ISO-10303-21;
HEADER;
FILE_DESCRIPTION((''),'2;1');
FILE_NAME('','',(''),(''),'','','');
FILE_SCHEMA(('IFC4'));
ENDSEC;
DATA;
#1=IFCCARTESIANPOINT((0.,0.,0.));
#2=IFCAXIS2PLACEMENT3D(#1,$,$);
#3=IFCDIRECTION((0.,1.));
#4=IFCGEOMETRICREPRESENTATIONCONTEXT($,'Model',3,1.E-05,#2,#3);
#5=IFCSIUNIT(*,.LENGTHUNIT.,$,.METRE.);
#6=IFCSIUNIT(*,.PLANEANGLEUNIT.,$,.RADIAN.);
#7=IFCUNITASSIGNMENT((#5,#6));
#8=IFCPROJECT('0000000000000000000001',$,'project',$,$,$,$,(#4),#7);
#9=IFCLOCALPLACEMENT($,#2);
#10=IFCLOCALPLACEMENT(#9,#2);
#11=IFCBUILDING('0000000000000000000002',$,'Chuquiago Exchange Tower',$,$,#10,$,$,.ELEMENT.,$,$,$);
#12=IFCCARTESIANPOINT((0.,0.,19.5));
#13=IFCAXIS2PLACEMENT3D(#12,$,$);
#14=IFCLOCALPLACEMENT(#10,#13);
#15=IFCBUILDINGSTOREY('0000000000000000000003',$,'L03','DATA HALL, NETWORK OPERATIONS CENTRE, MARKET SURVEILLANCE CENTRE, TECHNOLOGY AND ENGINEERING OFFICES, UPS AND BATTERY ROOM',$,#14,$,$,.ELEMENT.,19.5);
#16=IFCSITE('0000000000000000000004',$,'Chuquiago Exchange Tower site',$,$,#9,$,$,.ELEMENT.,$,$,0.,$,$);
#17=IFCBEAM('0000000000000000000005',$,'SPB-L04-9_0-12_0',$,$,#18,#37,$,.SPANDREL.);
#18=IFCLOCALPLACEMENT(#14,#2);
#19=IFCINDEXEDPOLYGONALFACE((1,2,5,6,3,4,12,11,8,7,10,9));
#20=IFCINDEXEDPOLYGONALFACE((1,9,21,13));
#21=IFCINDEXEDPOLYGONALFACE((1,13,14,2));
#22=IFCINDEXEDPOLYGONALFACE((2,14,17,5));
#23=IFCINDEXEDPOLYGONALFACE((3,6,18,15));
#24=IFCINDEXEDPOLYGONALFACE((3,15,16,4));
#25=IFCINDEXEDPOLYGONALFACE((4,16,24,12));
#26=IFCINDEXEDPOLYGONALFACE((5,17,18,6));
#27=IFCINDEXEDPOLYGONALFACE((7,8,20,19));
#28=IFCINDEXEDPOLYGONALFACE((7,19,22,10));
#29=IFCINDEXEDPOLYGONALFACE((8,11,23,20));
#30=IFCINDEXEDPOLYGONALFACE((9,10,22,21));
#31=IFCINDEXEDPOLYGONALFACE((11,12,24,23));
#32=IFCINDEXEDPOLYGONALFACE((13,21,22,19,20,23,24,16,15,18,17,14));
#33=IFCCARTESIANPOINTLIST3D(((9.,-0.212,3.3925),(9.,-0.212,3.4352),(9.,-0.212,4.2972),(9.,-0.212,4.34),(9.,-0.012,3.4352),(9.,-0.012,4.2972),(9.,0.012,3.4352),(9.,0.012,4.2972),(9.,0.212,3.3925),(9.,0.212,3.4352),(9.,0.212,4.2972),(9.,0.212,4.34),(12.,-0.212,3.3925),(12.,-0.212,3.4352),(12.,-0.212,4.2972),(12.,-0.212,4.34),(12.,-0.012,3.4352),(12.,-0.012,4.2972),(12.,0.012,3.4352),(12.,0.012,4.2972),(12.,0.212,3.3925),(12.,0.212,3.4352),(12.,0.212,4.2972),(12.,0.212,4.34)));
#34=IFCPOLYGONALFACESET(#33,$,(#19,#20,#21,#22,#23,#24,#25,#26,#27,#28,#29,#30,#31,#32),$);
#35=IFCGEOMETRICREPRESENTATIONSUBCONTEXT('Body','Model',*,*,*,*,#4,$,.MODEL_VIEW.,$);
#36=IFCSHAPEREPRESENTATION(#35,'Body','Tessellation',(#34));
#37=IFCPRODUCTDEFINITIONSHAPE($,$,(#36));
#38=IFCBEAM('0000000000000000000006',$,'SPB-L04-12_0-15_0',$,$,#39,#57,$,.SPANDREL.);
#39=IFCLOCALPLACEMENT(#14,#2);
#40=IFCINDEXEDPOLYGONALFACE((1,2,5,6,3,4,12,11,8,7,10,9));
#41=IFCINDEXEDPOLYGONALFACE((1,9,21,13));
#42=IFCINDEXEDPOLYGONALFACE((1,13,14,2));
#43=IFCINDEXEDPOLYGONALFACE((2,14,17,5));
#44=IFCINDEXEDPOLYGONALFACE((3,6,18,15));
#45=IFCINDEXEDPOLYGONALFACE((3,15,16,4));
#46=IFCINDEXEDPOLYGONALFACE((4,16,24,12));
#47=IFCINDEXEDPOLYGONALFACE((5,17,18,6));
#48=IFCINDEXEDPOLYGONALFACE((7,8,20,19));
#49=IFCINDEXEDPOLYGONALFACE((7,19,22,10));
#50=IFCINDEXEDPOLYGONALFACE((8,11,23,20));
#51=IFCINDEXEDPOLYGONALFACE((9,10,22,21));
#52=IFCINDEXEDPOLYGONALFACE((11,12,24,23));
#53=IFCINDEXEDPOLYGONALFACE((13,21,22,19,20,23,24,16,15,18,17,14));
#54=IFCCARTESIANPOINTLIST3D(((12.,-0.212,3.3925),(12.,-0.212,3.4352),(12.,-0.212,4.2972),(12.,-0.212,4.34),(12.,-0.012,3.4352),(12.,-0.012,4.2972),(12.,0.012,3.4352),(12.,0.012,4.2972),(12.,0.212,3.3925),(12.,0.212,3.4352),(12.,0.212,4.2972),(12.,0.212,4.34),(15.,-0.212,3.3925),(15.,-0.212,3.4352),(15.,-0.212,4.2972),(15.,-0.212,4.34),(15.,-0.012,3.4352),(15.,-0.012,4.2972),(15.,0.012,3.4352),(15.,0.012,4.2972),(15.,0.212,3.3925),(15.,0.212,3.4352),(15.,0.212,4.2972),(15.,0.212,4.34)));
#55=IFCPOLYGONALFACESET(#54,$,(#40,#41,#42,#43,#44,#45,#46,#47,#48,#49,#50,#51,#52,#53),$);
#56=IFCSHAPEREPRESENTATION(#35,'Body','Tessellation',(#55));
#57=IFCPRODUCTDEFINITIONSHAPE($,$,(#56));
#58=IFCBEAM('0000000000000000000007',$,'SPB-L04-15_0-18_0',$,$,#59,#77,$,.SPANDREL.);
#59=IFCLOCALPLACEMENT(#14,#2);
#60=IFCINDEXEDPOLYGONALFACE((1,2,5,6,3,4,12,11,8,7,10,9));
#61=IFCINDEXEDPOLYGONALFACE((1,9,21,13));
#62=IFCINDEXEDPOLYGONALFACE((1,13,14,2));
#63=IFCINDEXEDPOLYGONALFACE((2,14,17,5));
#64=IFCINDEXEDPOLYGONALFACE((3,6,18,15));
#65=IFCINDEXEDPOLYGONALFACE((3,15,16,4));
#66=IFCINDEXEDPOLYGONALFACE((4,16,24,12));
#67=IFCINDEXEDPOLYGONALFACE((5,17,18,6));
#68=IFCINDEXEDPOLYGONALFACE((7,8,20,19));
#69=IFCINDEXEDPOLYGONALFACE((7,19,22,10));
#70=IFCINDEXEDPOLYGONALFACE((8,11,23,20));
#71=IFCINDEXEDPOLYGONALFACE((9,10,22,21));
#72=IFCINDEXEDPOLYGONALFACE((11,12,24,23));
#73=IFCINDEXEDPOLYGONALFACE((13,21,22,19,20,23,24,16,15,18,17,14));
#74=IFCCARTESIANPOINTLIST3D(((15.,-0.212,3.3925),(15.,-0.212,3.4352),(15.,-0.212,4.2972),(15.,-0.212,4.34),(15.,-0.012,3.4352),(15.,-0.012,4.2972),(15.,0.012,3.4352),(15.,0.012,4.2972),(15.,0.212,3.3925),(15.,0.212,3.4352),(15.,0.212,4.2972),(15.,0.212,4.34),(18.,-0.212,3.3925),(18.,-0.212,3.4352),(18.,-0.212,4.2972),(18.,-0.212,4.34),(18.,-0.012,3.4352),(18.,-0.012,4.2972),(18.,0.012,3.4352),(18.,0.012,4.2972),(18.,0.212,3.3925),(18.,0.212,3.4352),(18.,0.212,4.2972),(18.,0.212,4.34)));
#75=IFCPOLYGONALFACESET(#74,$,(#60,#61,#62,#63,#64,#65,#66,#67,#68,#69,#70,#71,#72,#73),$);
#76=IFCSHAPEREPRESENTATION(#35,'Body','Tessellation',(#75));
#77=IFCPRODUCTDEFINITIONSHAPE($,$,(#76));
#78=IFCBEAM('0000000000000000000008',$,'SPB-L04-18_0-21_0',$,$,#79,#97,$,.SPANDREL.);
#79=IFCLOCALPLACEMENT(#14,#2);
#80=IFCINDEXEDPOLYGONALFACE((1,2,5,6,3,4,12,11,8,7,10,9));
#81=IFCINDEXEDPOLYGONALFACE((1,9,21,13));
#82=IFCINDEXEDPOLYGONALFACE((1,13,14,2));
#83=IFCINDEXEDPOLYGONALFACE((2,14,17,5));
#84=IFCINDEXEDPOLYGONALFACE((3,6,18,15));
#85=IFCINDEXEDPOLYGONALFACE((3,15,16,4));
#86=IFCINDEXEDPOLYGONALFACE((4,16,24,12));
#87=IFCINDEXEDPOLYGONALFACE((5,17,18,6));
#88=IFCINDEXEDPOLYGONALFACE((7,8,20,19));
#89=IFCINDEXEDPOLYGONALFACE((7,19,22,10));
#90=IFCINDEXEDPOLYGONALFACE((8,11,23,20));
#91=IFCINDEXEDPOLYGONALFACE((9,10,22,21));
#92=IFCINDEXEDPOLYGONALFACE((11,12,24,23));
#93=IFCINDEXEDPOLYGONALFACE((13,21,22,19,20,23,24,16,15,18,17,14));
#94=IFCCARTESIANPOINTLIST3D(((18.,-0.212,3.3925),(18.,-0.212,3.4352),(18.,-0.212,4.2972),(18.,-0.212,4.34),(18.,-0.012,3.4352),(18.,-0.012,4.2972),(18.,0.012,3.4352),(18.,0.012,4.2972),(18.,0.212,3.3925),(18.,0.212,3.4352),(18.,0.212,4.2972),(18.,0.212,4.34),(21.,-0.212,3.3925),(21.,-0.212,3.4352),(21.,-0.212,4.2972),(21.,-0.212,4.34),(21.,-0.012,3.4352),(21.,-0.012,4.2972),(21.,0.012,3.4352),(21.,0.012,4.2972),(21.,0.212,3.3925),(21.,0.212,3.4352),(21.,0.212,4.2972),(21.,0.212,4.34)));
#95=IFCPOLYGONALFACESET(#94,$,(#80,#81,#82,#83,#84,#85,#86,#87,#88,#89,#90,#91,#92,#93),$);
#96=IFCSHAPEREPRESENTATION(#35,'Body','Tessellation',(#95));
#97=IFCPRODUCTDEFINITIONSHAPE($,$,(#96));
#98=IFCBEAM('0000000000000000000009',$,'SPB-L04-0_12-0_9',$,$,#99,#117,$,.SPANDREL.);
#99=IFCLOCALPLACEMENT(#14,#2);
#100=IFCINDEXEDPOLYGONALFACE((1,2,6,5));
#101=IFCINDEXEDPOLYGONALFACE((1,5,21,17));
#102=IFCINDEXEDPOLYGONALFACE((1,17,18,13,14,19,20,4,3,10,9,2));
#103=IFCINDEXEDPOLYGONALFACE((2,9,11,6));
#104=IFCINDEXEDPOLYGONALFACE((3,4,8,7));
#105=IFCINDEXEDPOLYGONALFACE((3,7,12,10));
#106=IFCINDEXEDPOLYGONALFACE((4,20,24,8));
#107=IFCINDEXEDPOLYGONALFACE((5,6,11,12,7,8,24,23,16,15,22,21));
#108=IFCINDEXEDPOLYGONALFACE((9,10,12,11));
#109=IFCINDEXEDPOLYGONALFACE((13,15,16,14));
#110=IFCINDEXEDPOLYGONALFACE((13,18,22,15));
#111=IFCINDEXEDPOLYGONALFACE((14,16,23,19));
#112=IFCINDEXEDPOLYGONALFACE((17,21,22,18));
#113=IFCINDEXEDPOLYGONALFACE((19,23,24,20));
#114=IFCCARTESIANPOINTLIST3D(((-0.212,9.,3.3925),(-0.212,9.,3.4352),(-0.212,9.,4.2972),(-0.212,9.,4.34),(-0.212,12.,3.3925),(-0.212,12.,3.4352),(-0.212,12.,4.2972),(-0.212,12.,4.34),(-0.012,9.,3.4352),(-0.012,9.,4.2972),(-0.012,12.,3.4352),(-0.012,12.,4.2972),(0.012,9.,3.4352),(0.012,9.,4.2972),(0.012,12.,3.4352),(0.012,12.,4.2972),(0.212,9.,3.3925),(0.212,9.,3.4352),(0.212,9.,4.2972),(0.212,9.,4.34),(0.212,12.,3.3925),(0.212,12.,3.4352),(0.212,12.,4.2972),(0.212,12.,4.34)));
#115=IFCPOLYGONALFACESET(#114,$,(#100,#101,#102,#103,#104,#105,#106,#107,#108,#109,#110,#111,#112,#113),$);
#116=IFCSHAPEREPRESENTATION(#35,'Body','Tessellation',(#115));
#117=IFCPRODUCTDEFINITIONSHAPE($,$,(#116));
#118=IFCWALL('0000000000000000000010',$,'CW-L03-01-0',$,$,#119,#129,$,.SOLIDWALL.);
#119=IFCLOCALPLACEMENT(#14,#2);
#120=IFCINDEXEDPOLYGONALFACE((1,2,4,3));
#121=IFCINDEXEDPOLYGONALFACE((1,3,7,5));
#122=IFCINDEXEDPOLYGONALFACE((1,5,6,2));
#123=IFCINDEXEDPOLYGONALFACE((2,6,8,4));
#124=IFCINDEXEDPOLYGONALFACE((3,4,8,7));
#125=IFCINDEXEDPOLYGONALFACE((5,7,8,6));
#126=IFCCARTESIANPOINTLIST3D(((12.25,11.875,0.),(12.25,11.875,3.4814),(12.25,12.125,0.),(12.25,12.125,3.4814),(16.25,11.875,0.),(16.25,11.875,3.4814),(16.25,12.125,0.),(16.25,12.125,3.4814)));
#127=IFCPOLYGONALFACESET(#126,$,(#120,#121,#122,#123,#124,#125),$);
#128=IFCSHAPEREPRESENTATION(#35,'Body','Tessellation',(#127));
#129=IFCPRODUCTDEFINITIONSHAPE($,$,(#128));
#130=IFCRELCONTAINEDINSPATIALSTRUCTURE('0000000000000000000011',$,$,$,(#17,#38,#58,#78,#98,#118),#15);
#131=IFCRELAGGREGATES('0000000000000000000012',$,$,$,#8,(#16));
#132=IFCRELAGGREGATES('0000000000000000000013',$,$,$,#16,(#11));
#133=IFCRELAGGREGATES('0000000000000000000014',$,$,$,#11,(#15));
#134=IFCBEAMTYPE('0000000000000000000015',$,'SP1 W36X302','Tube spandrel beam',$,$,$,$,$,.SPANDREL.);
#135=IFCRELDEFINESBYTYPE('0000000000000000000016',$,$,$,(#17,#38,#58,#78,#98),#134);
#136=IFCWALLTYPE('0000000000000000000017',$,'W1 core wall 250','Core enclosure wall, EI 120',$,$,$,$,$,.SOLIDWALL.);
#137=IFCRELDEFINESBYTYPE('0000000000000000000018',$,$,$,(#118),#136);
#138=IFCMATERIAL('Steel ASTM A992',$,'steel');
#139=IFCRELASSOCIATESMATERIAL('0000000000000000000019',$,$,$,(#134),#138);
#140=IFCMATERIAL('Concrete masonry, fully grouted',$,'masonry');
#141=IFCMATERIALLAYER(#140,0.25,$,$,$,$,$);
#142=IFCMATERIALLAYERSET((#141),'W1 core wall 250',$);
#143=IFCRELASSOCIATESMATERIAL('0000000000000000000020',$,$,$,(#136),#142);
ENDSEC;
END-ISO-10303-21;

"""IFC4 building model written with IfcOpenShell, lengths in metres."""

from ifc_helpers import new_model, si_unit, direction, frame, frame_2d, origin, origin_2d, place, context, subcontext, project, spatial, rectangle, i_section, extrude, material, layer, layer_set, material_profile, profile_set, type_object, element, save


model = new_model("IFC4")

# Units and contexts
model_context = context("Model", 3, precision=1e-05, world=origin(), true_north=direction((0.0, 1.0)))
body_context = subcontext(model_context, "Body", "Model", "MODEL_VIEW")
ifc_project = project(units=[si_unit("LENGTHUNIT", "METRE"), si_unit("PLANEANGLEUNIT", "RADIAN")], contexts=[model_context])

# Site, building, storey
site_placement = place(None, origin())
site = spatial("IfcSite", under=ifc_project, at=site_placement, Name="Chuquiago Exchange Tower site", CompositionType="ELEMENT", RefElevation=0.0)
building_placement = place(site_placement, origin())
building = spatial("IfcBuilding", under=site, at=building_placement, Name="Chuquiago Exchange Tower", CompositionType="ELEMENT")
storey_placement = place(building_placement, frame((0.0, 0.0, 19.5)))
storey = spatial("IfcBuildingStorey", under=building, at=storey_placement, Name="L03", Description="DATA HALL, NETWORK OPERATIONS CENTRE, MARKET SURVEILLANCE CENTRE, TECHNOLOGY AND ENGINEERING OFFICES, UPS AND BATTERY ROOM", CompositionType="ELEMENT", Elevation=19.5)

# Beams
ifc_material_1 = material(Name="Steel ASTM A992", Category="steel")
ifc_material_profile_1 = material_profile(ifc_material_1, i_section(OverallWidth=0.4241, OverallDepth=0.9475, WebThickness=0.0239, FlangeThickness=0.0427, at=origin_2d()), Name="W36X302")
ifc_profile_set_1 = profile_set([ifc_material_profile_1], Name="Steel ASTM A992")
beam_type_1 = type_object("IfcBeamType", Name="SP1 W36X302", Description="Tube spandrel beam", PredefinedType="SPANDREL", material=ifc_profile_set_1)
for number, where, z_axis, x_axis, name in (
    (1, (9.0, 0.0, 3.8662), (1.0, 0.0, 0.0), (0.0, 1.0, 0.0), "SPB-L04-9_0-12_0"),
    (2, (12.0, 0.0, 3.8662), (1.0, 0.0, 0.0), (0.0, 1.0, 0.0), "SPB-L04-12_0-15_0"),
    (3, (15.0, 0.0, 3.8662), (1.0, 0.0, 0.0), (0.0, 1.0, 0.0), "SPB-L04-15_0-18_0"),
    (4, (18.0, 0.0, 3.8662), (1.0, 0.0, 0.0), (0.0, 1.0, 0.0), "SPB-L04-18_0-21_0"),
    (5, (0.0, 12.0, 3.8662), (0.0, -1.0, 0.0), (1.0, 0.0, 0.0), "SPB-L04-0_12-0_9"),
):
    element("IfcBeam", number, at=place(storey_placement, frame(where, z_axis=z_axis, x_axis=x_axis)), inside=storey, type_object=beam_type_1, Name=name, PredefinedType="SPANDREL", context=body_context, shape_type="SweptSolid", body=[
        extrude(i_section(OverallWidth=0.4241, OverallDepth=0.9475, WebThickness=0.0239, FlangeThickness=0.0427, at=origin_2d()), origin(), (0.0, 0.0, 1.0), 3.0),
    ])

# Wall
ifc_material_2 = material(Name="Concrete masonry, fully grouted", Category="masonry")
ifc_layer = layer(ifc_material_2, 0.25)
ifc_layer_set = layer_set([ifc_layer], Name="W1 core wall 250")
wall_type = type_object("IfcWallType", Name="W1 core wall 250", Description="Core enclosure wall, EI 120", PredefinedType="SOLIDWALL", material=ifc_layer_set)
wall_placement = place(storey_placement, frame((12.25, 12.0, 0.0), z_axis=(0.0, 0.0, 1.0), x_axis=(1.0, 0.0, 0.0)))
element("IfcWall", 6, at=wall_placement, inside=storey, type_object=wall_type, Name="CW-L03-01-0", PredefinedType="SOLIDWALL", context=body_context, shape_type="SweptSolid", body=[
    extrude(rectangle(XDim=4.0, YDim=0.25, at=frame_2d((2.0, 0.0))), origin(), (0.0, 0.0, 1.0), 3.4814),
])

save(model, "model.ifc")
